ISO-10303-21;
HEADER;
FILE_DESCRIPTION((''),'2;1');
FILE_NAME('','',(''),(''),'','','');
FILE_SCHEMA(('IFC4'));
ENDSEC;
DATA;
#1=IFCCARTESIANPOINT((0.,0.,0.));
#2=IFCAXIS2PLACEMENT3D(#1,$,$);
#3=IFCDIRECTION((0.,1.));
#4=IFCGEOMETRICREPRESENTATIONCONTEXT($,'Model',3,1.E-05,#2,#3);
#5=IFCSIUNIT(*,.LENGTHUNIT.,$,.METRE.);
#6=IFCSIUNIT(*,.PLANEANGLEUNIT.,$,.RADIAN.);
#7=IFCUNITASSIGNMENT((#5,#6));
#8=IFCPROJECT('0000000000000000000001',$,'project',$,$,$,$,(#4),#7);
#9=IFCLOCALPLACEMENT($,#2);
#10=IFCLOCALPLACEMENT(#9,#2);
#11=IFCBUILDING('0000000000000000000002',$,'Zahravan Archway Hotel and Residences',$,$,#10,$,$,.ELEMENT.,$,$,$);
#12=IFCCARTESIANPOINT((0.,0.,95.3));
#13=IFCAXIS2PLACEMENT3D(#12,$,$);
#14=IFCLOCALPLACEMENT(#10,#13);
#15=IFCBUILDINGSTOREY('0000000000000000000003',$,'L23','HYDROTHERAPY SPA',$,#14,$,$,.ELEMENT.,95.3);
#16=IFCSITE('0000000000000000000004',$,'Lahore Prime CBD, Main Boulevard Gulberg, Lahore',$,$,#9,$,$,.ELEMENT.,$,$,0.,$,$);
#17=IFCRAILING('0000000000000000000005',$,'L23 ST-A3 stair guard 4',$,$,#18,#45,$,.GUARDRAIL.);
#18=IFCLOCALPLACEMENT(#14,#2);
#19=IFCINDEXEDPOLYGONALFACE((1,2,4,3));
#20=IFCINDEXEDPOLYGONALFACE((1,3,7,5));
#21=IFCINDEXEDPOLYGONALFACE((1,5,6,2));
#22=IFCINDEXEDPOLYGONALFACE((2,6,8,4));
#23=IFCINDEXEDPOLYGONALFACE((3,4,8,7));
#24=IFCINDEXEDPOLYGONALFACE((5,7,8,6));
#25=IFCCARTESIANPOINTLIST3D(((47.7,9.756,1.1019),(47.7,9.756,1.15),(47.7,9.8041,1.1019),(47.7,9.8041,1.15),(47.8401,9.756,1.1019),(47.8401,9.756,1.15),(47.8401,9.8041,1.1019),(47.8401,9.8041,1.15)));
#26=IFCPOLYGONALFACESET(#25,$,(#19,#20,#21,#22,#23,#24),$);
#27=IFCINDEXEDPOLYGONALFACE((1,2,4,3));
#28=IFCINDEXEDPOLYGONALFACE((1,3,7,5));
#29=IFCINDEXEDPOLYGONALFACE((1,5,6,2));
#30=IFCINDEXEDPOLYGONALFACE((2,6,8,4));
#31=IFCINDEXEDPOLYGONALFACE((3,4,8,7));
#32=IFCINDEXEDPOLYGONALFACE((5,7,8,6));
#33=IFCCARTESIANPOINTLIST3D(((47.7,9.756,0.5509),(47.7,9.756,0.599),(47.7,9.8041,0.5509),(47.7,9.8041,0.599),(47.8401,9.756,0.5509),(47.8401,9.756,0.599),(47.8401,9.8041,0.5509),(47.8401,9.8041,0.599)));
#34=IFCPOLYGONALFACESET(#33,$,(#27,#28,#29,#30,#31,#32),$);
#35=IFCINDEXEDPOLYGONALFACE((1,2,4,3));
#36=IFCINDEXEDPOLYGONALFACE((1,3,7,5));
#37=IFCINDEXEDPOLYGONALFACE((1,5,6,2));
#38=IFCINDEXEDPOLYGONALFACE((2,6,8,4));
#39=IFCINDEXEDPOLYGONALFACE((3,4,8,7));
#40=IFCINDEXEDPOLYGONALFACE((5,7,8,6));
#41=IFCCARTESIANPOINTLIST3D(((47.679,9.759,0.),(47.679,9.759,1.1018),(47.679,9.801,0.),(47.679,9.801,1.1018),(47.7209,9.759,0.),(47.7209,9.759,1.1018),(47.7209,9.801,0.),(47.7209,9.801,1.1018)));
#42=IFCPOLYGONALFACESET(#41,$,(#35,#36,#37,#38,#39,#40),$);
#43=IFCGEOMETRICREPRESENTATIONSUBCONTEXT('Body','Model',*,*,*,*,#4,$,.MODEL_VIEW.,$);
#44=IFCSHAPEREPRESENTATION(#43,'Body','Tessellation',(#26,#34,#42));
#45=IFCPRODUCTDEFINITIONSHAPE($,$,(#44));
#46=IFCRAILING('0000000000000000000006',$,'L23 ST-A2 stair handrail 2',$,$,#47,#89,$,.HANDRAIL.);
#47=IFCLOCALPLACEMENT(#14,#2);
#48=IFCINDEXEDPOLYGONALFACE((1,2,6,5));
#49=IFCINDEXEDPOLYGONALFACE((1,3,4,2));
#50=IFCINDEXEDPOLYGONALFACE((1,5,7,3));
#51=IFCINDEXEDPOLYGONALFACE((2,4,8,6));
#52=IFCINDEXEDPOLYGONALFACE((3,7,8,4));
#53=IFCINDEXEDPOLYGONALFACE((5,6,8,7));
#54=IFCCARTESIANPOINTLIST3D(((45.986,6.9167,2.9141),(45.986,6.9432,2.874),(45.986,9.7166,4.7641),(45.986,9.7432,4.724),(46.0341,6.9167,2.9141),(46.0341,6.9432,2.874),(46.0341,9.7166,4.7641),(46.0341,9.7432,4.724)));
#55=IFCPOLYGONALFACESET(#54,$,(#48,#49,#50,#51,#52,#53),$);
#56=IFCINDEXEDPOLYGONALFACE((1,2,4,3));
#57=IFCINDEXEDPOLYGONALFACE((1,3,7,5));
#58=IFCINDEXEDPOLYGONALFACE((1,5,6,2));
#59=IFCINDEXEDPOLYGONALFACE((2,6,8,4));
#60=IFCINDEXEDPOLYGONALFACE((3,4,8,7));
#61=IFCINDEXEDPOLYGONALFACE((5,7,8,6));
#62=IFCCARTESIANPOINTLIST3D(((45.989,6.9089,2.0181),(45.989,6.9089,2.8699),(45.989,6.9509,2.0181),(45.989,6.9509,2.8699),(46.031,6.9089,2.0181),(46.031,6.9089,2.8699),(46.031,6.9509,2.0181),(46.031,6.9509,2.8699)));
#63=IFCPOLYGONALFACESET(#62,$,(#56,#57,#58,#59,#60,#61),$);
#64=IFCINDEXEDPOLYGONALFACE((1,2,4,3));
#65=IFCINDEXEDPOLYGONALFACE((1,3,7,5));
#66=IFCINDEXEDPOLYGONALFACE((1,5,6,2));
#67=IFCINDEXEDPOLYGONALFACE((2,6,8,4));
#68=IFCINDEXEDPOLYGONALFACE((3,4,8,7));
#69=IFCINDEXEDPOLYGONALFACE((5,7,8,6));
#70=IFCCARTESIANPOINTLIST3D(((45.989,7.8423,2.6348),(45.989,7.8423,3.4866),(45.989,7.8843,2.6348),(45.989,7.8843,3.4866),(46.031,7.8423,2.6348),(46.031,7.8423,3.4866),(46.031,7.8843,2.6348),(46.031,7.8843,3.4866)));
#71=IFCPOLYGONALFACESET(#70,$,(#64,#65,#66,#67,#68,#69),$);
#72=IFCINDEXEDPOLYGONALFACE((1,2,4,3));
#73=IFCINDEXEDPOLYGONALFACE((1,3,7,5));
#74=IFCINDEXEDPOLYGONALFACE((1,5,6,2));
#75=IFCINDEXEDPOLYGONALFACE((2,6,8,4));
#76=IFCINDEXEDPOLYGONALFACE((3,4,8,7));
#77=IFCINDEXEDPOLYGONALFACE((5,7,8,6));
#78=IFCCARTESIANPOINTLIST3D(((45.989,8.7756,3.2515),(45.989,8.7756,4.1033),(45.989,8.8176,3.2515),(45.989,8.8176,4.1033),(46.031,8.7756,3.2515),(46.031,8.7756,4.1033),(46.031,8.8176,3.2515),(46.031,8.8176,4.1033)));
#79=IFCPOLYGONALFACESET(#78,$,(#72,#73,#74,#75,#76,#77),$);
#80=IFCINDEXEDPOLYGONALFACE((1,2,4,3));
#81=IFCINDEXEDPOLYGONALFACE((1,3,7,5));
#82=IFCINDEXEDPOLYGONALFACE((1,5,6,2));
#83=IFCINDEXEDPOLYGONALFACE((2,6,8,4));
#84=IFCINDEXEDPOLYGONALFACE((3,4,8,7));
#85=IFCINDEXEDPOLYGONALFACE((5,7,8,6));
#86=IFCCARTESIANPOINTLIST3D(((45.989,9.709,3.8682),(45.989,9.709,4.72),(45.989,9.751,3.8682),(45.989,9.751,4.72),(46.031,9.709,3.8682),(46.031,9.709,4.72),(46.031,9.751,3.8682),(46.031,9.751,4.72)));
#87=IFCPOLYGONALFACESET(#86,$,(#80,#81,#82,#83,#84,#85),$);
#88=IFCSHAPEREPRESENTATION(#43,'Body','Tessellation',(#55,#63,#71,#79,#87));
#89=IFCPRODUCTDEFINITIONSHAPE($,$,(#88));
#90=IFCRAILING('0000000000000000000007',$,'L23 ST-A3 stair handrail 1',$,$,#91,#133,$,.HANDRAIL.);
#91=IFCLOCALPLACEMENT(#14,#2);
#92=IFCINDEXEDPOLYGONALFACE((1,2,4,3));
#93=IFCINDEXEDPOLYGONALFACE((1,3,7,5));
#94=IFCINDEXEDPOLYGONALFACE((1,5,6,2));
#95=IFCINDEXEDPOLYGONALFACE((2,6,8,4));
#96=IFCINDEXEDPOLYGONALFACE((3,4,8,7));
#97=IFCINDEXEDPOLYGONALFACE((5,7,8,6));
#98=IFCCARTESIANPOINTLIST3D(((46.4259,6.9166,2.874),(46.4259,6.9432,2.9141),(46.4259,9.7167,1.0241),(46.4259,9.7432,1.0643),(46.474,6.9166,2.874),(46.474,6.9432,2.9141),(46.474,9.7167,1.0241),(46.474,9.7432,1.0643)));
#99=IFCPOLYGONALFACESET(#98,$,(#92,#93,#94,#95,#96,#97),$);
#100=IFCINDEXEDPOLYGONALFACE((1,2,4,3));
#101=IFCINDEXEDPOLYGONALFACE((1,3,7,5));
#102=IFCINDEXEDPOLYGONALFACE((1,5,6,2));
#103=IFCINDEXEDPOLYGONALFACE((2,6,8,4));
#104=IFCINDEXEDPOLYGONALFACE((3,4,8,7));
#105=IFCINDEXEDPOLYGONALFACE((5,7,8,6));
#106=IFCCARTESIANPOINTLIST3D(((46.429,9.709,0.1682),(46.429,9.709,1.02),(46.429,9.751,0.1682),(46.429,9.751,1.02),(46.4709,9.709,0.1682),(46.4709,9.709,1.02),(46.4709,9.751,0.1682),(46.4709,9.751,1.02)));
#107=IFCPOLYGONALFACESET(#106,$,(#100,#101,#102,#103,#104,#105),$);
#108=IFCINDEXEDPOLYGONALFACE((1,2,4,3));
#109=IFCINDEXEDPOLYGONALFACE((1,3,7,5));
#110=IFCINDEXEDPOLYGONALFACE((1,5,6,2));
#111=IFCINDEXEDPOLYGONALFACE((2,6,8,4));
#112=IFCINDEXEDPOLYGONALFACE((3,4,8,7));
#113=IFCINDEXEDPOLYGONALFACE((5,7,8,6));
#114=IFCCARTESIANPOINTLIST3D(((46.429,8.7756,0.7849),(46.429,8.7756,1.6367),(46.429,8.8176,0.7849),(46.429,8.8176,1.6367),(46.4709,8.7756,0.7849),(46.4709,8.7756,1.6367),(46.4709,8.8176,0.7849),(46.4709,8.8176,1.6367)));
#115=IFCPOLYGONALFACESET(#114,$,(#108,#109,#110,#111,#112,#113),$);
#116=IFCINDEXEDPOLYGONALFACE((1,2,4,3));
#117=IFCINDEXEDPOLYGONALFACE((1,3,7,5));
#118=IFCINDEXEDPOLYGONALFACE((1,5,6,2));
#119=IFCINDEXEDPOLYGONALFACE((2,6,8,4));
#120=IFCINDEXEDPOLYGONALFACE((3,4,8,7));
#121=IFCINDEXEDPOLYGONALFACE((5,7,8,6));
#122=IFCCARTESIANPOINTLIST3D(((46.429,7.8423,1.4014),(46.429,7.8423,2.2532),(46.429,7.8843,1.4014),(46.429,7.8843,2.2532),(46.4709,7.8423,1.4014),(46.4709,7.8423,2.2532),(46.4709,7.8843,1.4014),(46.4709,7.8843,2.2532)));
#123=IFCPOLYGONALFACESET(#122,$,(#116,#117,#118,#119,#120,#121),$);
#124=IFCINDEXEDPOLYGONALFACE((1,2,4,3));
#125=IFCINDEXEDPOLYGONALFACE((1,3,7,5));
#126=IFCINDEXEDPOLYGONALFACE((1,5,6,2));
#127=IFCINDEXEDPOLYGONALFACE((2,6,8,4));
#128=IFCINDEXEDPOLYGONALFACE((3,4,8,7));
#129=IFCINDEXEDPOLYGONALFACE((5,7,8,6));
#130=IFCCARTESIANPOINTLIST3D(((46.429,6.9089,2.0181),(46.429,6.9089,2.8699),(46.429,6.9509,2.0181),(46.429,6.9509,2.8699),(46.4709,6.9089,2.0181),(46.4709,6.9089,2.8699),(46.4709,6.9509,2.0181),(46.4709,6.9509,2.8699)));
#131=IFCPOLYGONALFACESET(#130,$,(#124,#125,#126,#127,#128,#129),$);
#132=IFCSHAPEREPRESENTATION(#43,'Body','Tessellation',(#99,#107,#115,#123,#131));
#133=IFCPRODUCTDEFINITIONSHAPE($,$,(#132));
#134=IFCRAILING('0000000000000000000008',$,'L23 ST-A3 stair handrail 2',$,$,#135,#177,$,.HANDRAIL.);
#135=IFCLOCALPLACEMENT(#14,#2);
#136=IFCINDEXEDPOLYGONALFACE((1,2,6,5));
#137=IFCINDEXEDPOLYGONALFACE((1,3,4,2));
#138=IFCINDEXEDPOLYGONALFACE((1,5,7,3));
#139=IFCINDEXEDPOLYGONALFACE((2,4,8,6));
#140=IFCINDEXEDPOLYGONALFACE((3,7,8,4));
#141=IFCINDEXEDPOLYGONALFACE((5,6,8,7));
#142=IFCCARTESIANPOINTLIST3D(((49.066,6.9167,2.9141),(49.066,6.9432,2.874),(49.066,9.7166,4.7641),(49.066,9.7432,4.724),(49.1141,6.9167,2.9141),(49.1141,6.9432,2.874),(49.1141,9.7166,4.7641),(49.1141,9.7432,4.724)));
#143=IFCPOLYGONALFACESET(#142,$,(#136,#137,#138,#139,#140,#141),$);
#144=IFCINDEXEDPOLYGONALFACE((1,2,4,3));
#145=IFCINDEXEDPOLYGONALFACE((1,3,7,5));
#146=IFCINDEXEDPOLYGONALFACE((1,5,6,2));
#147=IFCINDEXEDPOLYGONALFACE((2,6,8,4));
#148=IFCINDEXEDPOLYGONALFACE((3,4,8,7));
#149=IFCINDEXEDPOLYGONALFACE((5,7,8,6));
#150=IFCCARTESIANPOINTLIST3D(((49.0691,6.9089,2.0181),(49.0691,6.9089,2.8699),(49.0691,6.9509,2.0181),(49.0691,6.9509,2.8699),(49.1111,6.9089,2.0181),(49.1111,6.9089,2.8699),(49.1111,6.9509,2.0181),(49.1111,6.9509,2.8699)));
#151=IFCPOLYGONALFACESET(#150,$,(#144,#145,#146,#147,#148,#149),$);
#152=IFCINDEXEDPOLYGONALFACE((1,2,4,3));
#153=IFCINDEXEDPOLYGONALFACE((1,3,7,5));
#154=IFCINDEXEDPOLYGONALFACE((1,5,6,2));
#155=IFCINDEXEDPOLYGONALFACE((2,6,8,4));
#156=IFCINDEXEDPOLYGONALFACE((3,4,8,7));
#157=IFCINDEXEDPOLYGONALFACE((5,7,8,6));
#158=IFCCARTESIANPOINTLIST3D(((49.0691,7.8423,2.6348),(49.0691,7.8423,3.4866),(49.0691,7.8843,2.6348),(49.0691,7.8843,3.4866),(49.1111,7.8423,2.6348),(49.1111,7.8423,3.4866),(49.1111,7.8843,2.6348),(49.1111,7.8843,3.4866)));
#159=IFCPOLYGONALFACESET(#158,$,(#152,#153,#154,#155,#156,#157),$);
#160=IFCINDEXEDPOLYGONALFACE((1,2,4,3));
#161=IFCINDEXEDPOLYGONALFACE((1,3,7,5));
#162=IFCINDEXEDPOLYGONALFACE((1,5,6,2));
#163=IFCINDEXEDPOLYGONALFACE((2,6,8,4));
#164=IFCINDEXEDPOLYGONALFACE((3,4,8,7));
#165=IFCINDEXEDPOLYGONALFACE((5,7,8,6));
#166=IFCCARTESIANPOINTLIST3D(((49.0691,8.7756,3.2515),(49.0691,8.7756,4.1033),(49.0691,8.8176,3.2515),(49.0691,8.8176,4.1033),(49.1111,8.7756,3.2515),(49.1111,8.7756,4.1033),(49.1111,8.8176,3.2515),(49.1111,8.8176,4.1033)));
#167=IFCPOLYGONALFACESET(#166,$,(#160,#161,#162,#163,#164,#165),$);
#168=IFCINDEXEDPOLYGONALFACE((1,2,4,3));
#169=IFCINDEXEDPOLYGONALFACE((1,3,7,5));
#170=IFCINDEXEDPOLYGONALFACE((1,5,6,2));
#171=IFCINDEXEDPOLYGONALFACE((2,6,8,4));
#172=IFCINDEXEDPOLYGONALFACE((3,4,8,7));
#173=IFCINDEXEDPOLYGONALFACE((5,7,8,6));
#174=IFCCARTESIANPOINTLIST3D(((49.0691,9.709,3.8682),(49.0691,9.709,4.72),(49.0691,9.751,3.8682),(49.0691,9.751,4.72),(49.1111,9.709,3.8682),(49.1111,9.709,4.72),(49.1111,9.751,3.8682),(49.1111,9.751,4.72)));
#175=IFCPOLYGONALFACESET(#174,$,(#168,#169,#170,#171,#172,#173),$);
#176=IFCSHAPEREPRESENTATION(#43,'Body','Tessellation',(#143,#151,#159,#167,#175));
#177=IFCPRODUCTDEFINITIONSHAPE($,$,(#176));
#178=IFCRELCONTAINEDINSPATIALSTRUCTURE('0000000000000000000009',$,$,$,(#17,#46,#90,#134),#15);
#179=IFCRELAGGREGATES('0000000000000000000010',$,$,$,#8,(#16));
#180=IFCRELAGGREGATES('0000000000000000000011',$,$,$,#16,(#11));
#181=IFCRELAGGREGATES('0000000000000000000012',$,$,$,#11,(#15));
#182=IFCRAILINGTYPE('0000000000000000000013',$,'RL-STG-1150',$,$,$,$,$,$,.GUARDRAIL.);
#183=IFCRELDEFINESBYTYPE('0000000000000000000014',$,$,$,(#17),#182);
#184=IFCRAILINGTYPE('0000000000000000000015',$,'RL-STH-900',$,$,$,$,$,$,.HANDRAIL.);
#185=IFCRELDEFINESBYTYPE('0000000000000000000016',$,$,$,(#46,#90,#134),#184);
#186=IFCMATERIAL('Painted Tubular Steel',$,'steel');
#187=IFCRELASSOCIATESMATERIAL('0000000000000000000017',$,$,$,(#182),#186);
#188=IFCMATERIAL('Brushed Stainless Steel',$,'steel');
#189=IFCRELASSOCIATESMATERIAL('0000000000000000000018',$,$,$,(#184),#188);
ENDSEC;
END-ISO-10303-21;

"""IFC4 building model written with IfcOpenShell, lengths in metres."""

from ifc_helpers import new_model, si_unit, direction, frame, origin, origin_2d, place, context, subcontext, project, spatial, rectangle, extrude, material, type_object, element, save


model = new_model("IFC4")

# Units and contexts
model_context = context("Model", 3, precision=1e-05, world=origin(), true_north=direction((0.0, 1.0)))
body_context = subcontext(model_context, "Body", "Model", "MODEL_VIEW")
ifc_project = project(units=[si_unit("LENGTHUNIT", "METRE"), si_unit("PLANEANGLEUNIT", "RADIAN")], contexts=[model_context])

# Site, building, storey
site_placement = place(None, origin())
site = spatial("IfcSite", under=ifc_project, at=site_placement, Name="Lahore Prime CBD, Main Boulevard Gulberg, Lahore", CompositionType="ELEMENT", RefElevation=0.0)
building_placement = place(site_placement, origin())
building = spatial("IfcBuilding", under=site, at=building_placement, Name="Zahravan Archway Hotel and Residences", CompositionType="ELEMENT")
storey_placement = place(building_placement, frame((0.0, 0.0, 95.3)))
storey = spatial("IfcBuildingStorey", under=building, at=storey_placement, Name="L23", Description="HYDROTHERAPY SPA", CompositionType="ELEMENT", Elevation=95.3)

# Railings
ifc_material_1 = material(Name="Painted Tubular Steel", Category="steel")
railing_type_1 = type_object("IfcRailingType", Name="RL-STG-1150", PredefinedType="GUARDRAIL", material=ifc_material_1)
railing_1_placement = place(storey_placement, frame((47.7, 9.78, 0.0)))
element("IfcRailing", 1, at=railing_1_placement, inside=storey, type_object=railing_type_1, Name="L23 ST-A3 stair guard 4", PredefinedType="GUARDRAIL", context=body_context, shape_type="SweptSolid", body=[
    extrude(rectangle(XDim=0.0481, YDim=0.0481, at=origin_2d()), frame((0.0, 0.0, 1.126), z_axis=(1.0, 0.0, 0.0), x_axis=(0.0, 1.0, 0.0)), (0.0, 0.0, 1.0), 0.1401),
    extrude(rectangle(XDim=0.0481, YDim=0.0481, at=origin_2d()), frame((0.0, 0.0, 0.575), z_axis=(1.0, 0.0, 0.0), x_axis=(0.0, 1.0, 0.0)), (0.0, 0.0, 1.0), 0.1401),
    extrude(rectangle(XDim=0.042, YDim=0.042, at=origin_2d()), origin(), (0.0, 0.0, 1.0), 1.1018),
])
ifc_material_2 = material(Name="Brushed Stainless Steel", Category="steel")
railing_type_2 = type_object("IfcRailingType", Name="RL-STH-900", PredefinedType="HANDRAIL", material=ifc_material_2)
railing_2_placement = place(storey_placement, frame((46.01, 6.9299, 2.0181)))
element("IfcRailing", 2, at=railing_2_placement, inside=storey, type_object=railing_type_2, Name="L23 ST-A2 stair handrail 2", PredefinedType="HANDRAIL", context=body_context, shape_type="SweptSolid", body=[
    extrude(rectangle(XDim=0.0481, YDim=0.0481, at=origin_2d()), frame((0.0, 0.0, 0.876), z_axis=(0.0, 0.834326, 0.551271), x_axis=(-1.0, 0.0, 0.0)), (0.0, 0.0, 1.0), 3.356),
    extrude(rectangle(XDim=0.042, YDim=0.042, at=origin_2d()), origin(), (0.0, 0.0, 1.0), 0.8518),
    extrude(rectangle(XDim=0.042, YDim=0.042, at=origin_2d()), frame((0.0, 0.9333, 0.6167)), (0.0, 0.0, 1.0), 0.8518),
    extrude(rectangle(XDim=0.042, YDim=0.042, at=origin_2d()), frame((0.0, 1.8667, 1.2334)), (0.0, 0.0, 1.0), 0.8518),
    extrude(rectangle(XDim=0.042, YDim=0.042, at=origin_2d()), frame((0.0, 2.8, 1.8501)), (0.0, 0.0, 1.0), 0.8518),
])
railing_3_placement = place(storey_placement, frame((46.45, 9.73, 0.1682)))
element("IfcRailing", 3, at=railing_3_placement, inside=storey, type_object=railing_type_2, Name="L23 ST-A3 stair handrail 1", PredefinedType="HANDRAIL", context=body_context, shape_type="SweptSolid", body=[
    extrude(rectangle(XDim=0.0481, YDim=0.0481, at=origin_2d()), frame((0.0, 0.0, 0.876), z_axis=(0.0, -0.83436, 0.55122), x_axis=(1.0, 0.0, 0.0)), (0.0, 0.0, 1.0), 3.356),
    extrude(rectangle(XDim=0.042, YDim=0.042, at=origin_2d()), origin(), (0.0, 0.0, 1.0), 0.8518),
    extrude(rectangle(XDim=0.042, YDim=0.042, at=origin_2d()), frame((0.0, -0.9333, 0.6167)), (0.0, 0.0, 1.0), 0.8518),
    extrude(rectangle(XDim=0.042, YDim=0.042, at=origin_2d()), frame((0.0, -1.8667, 1.2332)), (0.0, 0.0, 1.0), 0.8518),
    extrude(rectangle(XDim=0.042, YDim=0.042, at=origin_2d()), frame((0.0, -2.8, 1.8499)), (0.0, 0.0, 1.0), 0.8518),
])
railing_4_placement = place(storey_placement, frame((49.0901, 6.9299, 2.0181)))
element("IfcRailing", 4, at=railing_4_placement, inside=storey, type_object=railing_type_2, Name="L23 ST-A3 stair handrail 2", PredefinedType="HANDRAIL", context=body_context, shape_type="SweptSolid", body=[
    extrude(rectangle(XDim=0.0481, YDim=0.0481, at=origin_2d()), frame((0.0, 0.0, 0.876), z_axis=(0.0, 0.834326, 0.551271), x_axis=(-1.0, 0.0, 0.0)), (0.0, 0.0, 1.0), 3.356),
    extrude(rectangle(XDim=0.042, YDim=0.042, at=origin_2d()), origin(), (0.0, 0.0, 1.0), 0.8518),
    extrude(rectangle(XDim=0.042, YDim=0.042, at=origin_2d()), frame((0.0, 0.9333, 0.6167)), (0.0, 0.0, 1.0), 0.8518),
    extrude(rectangle(XDim=0.042, YDim=0.042, at=origin_2d()), frame((0.0, 1.8667, 1.2334)), (0.0, 0.0, 1.0), 0.8518),
    extrude(rectangle(XDim=0.042, YDim=0.042, at=origin_2d()), frame((0.0, 2.8, 1.8501)), (0.0, 0.0, 1.0), 0.8518),
])

save(model, "model.ifc")
